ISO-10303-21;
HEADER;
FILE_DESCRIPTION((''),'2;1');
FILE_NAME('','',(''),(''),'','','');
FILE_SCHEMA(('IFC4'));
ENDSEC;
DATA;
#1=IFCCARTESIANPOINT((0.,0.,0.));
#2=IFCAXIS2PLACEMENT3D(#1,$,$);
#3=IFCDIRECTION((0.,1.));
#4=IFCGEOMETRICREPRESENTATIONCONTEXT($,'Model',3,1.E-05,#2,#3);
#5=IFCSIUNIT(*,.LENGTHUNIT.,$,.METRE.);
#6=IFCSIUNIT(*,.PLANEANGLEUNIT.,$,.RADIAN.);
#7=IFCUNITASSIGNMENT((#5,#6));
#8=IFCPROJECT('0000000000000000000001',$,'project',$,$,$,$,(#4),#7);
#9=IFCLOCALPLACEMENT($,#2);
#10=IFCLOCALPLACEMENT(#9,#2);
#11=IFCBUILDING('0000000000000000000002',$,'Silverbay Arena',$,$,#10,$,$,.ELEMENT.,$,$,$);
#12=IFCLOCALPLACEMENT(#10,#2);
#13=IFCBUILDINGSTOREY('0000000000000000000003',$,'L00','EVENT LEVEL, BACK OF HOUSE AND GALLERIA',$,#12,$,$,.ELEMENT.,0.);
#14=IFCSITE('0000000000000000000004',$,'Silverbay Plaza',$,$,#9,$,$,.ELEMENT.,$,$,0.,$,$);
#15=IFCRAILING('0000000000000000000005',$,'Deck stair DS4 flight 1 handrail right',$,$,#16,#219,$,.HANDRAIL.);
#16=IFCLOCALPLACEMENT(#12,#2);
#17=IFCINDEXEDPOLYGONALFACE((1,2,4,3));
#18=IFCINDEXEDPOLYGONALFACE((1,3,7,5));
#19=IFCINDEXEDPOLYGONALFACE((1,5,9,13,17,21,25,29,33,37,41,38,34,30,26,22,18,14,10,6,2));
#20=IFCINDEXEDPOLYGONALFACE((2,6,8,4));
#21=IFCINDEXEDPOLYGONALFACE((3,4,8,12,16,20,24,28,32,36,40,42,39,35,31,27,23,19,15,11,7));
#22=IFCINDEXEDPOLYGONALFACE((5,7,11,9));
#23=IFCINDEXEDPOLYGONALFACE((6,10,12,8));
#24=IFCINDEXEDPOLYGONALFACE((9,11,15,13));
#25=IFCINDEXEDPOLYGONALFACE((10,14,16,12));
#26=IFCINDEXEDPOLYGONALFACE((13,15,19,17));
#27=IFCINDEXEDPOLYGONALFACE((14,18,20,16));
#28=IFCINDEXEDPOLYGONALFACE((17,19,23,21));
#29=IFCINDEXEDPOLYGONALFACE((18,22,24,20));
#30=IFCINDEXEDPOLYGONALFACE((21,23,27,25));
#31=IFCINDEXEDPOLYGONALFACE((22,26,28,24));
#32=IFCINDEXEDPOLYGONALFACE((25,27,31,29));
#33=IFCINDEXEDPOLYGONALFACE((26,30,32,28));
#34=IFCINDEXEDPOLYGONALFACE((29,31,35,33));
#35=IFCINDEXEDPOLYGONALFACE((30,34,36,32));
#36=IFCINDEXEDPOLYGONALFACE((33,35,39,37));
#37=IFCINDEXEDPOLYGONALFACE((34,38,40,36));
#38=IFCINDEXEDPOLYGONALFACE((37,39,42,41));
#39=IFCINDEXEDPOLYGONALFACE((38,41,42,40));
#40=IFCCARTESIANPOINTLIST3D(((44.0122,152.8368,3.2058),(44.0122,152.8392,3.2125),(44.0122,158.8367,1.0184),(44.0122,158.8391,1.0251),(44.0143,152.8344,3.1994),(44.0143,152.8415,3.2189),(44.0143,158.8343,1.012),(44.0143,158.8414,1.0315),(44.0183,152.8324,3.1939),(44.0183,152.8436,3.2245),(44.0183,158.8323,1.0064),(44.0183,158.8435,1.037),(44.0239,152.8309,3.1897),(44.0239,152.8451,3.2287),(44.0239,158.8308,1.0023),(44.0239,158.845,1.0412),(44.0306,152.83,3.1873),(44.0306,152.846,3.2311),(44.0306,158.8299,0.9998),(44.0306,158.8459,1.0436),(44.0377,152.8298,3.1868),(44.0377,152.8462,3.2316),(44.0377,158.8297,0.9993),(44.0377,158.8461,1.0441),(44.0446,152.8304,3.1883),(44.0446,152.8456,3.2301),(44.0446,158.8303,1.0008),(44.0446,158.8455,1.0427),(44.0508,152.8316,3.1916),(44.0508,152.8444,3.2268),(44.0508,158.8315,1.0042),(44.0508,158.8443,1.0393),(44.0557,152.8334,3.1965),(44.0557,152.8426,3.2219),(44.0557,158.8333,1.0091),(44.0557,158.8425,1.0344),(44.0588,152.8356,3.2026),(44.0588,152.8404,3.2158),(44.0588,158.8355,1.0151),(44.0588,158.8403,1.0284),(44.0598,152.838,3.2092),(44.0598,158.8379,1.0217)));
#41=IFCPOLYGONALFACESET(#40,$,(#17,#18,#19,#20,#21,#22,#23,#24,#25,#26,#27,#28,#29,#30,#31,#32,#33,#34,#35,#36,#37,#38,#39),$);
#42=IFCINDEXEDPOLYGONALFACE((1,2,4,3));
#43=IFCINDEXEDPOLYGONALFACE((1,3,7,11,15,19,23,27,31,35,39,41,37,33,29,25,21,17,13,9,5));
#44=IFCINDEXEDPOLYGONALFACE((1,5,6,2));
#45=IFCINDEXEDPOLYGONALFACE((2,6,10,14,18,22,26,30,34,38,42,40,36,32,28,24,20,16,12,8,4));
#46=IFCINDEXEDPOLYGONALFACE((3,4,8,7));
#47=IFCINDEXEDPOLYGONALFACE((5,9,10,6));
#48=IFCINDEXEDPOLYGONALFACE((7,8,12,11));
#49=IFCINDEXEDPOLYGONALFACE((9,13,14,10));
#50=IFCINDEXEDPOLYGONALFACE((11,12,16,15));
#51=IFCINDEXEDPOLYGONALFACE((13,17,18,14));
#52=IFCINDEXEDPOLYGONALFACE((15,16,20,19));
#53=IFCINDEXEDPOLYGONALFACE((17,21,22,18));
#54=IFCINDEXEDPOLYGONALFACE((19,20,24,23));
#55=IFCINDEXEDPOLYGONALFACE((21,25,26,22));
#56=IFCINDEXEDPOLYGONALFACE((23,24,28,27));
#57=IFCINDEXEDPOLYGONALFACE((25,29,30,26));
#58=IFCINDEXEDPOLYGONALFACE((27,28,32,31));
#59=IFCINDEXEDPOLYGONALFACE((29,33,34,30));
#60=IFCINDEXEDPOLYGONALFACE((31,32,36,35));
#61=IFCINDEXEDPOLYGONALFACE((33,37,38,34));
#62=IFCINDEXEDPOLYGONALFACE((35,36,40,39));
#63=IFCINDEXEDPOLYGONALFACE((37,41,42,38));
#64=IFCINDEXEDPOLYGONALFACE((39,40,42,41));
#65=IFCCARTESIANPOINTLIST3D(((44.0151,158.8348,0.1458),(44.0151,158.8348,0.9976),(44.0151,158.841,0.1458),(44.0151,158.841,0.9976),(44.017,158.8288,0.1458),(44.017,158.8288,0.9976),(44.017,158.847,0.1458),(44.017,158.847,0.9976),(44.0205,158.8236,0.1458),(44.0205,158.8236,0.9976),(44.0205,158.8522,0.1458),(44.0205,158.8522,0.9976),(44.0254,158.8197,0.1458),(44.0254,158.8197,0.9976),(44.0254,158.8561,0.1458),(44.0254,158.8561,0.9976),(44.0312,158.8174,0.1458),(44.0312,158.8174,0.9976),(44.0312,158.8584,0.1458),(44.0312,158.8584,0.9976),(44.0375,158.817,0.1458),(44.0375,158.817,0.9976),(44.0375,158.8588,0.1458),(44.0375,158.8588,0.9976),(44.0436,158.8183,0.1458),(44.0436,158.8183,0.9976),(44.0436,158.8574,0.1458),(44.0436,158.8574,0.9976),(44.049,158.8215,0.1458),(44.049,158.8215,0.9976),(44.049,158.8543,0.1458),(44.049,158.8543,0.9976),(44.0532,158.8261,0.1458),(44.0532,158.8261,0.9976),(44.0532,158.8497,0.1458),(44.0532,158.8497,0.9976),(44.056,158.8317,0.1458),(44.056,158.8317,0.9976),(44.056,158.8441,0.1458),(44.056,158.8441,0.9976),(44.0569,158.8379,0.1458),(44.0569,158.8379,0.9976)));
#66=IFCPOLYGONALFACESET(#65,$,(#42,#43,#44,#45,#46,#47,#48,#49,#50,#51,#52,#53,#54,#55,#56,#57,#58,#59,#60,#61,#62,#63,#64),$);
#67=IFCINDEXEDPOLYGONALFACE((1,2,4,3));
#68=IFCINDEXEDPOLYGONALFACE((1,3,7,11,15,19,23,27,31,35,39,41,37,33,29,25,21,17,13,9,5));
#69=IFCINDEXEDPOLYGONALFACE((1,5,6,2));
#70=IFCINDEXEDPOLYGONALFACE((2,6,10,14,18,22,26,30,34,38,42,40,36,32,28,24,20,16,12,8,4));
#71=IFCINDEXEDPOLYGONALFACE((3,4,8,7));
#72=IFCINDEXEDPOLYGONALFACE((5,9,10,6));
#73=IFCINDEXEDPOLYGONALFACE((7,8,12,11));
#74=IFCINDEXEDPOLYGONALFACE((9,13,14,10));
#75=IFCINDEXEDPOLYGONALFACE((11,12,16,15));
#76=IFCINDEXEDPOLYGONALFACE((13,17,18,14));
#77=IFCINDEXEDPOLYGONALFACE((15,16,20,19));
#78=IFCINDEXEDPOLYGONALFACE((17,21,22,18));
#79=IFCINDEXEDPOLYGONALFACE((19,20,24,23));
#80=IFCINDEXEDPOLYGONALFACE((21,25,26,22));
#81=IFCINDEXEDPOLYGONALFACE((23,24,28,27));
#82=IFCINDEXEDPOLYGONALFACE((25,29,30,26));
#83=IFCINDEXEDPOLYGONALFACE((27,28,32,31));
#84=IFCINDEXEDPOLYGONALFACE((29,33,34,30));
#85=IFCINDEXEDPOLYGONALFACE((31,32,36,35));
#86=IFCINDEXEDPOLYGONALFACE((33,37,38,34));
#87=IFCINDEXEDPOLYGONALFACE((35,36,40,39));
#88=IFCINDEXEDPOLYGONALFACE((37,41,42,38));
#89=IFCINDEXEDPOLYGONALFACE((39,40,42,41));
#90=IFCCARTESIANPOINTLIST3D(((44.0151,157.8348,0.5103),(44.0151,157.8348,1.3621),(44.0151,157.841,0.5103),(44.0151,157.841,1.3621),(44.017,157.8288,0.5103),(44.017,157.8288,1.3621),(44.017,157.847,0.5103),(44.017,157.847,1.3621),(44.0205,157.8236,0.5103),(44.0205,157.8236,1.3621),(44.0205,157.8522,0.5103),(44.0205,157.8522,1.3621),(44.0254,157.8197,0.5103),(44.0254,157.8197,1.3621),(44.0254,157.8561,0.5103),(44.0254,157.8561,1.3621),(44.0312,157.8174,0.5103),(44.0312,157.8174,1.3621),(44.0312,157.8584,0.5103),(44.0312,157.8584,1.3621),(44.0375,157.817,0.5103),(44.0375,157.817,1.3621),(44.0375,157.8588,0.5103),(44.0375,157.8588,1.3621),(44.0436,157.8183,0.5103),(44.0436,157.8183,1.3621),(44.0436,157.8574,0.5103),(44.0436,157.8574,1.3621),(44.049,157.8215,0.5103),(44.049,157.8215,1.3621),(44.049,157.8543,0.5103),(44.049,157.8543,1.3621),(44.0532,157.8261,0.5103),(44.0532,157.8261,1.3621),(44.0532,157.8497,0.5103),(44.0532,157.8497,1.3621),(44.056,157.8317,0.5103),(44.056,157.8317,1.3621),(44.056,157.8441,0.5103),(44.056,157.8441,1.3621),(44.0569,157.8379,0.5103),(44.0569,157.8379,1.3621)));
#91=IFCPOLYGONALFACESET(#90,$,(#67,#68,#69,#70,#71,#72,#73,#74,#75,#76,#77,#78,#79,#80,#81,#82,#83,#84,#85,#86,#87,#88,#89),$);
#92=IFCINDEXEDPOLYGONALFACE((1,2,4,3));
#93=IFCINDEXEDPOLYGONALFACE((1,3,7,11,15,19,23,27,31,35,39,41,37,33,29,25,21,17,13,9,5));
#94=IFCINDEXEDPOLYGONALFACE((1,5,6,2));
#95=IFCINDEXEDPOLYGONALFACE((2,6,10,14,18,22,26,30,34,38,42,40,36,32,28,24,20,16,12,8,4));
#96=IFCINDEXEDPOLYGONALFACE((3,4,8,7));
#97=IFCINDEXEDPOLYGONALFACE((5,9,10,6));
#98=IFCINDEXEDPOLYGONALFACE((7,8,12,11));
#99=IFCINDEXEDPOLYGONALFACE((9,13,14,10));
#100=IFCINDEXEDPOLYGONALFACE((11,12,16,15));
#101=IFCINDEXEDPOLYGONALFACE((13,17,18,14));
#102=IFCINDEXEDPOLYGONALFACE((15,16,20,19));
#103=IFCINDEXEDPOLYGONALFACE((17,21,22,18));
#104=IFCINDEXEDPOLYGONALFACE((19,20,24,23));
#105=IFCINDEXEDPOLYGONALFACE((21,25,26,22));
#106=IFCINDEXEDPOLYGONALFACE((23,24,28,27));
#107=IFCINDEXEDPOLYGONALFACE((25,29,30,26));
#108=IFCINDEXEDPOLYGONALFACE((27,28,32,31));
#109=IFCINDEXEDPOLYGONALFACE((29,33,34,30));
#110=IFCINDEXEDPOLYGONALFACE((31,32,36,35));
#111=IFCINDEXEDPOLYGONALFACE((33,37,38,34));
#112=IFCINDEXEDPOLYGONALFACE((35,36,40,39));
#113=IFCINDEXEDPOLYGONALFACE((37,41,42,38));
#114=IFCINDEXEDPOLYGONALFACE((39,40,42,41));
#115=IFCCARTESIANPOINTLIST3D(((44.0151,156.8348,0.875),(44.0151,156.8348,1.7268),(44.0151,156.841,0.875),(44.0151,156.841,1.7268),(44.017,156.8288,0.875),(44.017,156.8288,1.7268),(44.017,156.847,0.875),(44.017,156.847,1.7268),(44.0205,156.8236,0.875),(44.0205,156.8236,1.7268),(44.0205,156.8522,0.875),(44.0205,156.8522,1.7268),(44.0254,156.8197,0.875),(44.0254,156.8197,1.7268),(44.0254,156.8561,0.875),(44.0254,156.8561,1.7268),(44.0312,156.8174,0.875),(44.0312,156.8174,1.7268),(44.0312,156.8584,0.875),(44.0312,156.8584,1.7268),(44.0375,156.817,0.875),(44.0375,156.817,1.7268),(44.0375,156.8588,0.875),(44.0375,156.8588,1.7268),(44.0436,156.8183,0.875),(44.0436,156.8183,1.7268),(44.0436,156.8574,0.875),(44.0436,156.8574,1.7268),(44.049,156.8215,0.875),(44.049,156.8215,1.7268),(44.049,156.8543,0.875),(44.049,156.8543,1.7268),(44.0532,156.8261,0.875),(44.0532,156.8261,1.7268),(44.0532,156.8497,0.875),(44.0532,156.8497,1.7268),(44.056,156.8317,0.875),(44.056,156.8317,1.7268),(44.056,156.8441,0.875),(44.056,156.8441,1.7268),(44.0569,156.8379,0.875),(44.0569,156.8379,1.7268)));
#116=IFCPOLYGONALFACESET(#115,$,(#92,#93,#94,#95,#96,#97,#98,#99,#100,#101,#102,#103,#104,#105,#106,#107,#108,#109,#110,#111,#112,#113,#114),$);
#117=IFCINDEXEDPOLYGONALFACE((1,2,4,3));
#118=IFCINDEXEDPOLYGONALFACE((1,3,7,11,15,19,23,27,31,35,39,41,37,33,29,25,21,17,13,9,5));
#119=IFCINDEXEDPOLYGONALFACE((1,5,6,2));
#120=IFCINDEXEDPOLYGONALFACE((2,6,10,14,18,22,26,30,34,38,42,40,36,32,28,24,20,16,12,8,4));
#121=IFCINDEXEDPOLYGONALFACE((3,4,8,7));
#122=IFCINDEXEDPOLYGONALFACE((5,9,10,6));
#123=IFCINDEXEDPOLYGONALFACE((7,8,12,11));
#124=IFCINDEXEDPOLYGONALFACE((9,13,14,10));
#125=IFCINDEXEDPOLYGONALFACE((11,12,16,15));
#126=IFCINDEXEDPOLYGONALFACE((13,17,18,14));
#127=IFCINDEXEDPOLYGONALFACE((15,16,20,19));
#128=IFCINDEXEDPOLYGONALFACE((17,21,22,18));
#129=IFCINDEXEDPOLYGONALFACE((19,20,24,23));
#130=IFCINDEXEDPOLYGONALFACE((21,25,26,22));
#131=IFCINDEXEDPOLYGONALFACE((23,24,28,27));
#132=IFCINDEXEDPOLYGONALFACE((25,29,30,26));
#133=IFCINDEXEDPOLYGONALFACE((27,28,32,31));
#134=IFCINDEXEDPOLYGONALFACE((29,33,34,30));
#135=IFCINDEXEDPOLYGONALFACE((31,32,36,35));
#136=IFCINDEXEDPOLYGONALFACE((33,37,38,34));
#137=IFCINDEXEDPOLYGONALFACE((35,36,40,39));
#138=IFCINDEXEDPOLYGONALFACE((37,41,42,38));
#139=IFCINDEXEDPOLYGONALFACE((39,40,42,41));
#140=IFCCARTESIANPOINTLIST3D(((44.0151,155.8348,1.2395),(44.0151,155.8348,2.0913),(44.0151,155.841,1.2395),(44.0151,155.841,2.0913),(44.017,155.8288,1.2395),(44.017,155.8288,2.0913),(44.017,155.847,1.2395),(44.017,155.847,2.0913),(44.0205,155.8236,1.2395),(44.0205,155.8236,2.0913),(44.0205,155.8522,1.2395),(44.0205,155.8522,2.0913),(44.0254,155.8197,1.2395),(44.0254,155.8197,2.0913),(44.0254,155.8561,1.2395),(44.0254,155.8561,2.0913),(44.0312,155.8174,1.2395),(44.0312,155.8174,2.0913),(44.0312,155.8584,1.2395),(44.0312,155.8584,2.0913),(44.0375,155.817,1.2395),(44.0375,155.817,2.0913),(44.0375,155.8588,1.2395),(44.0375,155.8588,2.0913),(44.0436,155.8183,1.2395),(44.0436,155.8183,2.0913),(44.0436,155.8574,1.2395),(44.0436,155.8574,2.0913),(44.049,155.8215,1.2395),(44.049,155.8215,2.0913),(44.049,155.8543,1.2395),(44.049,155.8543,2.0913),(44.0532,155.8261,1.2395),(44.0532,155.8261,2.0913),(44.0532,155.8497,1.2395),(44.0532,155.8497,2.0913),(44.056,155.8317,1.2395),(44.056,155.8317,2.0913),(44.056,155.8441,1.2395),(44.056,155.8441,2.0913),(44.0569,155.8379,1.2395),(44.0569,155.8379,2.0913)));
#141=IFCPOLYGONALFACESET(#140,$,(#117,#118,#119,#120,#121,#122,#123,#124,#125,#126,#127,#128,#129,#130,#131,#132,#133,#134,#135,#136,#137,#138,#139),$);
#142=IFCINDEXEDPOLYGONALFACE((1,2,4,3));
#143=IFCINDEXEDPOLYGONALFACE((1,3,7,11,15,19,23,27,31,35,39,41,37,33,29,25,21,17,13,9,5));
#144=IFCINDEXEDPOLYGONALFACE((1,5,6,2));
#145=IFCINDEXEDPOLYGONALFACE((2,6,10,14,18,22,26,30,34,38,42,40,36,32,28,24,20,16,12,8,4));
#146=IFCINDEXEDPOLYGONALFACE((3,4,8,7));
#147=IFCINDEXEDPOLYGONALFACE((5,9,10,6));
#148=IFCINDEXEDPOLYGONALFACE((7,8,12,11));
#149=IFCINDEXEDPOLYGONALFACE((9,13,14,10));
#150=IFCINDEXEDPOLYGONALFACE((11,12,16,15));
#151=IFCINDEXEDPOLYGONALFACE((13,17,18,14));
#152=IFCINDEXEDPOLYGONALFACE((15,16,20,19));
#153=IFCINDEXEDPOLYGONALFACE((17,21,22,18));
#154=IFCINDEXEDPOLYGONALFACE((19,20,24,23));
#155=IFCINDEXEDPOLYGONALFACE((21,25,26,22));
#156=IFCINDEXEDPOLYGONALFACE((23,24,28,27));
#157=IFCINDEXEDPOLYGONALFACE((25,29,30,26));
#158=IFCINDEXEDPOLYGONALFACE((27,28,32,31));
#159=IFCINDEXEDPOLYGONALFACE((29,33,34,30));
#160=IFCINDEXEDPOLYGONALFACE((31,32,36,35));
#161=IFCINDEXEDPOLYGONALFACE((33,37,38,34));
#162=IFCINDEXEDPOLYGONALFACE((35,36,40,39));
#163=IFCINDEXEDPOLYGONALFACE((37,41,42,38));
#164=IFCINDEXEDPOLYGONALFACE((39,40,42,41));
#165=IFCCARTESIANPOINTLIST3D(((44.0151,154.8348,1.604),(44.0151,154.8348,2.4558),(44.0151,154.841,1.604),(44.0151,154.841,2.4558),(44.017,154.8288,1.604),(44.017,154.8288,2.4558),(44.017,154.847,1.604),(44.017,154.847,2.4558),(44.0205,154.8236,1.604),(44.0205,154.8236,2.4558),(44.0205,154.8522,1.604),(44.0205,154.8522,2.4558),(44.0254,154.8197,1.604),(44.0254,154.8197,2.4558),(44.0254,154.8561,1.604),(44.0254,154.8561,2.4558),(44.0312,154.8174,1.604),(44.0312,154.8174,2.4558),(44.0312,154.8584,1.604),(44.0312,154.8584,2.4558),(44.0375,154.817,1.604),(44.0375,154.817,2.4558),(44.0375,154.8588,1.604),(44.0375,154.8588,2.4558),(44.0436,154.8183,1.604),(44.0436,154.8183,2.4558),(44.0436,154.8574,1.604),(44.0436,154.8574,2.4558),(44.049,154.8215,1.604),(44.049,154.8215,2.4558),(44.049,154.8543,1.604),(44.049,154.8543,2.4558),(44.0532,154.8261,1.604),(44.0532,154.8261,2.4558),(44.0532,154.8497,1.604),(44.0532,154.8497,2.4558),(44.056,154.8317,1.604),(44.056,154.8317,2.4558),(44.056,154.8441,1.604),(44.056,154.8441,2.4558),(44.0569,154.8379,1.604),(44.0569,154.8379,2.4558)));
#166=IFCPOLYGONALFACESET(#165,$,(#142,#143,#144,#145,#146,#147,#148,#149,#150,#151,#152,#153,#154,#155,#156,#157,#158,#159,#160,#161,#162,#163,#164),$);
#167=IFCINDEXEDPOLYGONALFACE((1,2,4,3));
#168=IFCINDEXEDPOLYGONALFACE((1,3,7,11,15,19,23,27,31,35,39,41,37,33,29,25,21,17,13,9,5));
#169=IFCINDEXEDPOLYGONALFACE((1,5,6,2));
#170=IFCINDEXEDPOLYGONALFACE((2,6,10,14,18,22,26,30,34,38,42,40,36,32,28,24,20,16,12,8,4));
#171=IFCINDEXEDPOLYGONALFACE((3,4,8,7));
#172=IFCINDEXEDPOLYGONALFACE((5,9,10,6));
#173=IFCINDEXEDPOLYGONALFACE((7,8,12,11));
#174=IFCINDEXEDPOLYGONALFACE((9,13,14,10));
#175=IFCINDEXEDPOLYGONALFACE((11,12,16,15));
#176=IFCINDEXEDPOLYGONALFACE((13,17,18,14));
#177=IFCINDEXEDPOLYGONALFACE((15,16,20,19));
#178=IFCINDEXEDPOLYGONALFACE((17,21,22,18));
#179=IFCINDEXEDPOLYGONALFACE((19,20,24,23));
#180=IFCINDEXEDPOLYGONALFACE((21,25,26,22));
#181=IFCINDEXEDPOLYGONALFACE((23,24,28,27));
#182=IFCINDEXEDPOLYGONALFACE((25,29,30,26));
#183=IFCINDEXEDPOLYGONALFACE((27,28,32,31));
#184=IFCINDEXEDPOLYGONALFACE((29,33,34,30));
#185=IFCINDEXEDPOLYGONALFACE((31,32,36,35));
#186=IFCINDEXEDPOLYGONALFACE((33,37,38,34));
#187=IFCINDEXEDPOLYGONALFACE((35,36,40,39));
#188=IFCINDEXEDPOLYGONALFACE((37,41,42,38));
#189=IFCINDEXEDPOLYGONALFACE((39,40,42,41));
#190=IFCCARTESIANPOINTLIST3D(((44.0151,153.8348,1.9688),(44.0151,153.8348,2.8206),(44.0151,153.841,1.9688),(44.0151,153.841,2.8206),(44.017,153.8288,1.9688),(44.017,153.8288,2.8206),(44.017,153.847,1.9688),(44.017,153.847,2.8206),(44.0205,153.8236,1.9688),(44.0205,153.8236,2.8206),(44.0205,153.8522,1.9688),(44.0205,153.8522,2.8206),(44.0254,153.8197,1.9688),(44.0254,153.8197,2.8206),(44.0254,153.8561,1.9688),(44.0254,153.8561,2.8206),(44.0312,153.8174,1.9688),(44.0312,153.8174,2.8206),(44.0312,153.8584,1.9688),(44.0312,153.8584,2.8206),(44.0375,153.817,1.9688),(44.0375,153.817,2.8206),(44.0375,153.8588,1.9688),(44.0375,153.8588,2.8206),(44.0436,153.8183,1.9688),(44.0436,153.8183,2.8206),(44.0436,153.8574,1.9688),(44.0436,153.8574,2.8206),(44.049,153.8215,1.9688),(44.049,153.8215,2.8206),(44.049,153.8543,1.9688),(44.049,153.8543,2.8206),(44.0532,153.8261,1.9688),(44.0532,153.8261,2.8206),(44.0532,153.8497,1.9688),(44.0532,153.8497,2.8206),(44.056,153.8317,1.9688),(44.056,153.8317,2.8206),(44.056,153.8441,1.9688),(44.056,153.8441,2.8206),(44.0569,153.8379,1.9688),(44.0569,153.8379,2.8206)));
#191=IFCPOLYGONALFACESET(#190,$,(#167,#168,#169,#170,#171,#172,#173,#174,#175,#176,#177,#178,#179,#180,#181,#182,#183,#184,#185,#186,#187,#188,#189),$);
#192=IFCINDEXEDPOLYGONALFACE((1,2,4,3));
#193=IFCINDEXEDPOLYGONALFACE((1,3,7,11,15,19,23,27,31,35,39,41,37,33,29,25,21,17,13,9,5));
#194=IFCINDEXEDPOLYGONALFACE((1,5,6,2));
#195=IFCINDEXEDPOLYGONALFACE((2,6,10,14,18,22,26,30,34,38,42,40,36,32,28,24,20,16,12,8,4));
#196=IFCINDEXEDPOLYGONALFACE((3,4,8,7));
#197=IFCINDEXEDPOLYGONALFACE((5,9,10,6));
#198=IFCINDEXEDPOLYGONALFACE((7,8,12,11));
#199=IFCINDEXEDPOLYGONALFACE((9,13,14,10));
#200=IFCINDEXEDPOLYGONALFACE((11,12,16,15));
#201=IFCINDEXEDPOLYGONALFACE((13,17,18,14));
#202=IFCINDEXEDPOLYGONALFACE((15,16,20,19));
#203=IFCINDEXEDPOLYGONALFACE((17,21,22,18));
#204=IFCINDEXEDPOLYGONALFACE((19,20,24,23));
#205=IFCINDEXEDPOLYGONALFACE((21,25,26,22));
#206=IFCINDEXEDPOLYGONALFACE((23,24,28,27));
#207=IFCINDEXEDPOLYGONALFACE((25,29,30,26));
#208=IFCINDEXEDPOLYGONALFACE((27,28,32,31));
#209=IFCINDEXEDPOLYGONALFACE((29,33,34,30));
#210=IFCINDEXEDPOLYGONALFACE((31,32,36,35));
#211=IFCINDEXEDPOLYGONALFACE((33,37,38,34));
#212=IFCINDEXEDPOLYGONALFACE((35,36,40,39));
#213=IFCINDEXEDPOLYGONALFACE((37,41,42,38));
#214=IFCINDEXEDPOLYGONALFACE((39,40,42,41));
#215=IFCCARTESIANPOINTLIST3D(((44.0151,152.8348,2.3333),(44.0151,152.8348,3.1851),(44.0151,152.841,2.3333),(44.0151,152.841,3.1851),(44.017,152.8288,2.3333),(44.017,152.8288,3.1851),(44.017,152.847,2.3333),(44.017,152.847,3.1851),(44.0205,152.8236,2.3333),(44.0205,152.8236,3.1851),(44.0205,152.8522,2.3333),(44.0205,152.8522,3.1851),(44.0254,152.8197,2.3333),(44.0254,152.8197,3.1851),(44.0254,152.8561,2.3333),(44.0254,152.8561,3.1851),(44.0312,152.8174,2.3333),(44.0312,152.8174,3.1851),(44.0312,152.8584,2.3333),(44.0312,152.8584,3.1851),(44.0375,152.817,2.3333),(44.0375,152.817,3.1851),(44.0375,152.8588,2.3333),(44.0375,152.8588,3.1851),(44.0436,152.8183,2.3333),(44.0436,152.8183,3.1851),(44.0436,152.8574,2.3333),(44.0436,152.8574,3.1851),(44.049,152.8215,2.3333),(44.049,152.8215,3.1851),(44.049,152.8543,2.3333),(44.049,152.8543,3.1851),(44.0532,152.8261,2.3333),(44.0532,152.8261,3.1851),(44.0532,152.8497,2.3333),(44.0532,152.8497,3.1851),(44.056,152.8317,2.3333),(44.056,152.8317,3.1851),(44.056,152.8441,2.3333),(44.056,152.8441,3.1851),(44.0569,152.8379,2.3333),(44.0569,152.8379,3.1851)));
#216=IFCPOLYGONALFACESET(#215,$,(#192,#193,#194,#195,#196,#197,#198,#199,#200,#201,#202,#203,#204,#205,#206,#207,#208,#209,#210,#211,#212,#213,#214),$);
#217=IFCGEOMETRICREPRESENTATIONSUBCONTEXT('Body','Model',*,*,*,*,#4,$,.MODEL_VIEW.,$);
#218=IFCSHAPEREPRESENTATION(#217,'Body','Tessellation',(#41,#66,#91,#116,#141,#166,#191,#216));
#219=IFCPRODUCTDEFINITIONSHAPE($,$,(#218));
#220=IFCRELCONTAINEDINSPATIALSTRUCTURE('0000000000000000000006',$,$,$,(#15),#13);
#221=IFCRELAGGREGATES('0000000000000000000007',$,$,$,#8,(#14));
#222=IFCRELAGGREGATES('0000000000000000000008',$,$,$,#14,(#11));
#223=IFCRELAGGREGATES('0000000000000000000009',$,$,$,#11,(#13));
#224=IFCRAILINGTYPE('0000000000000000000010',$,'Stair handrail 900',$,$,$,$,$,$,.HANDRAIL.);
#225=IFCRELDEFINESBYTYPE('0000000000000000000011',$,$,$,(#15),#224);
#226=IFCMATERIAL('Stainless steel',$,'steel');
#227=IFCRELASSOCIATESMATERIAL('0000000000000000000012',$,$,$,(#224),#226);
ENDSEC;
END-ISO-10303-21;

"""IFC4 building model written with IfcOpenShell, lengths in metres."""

from ifc_helpers import new_model, si_unit, direction, frame, origin, origin_2d, place, context, subcontext, project, spatial, circle, extrude, material, type_object, element, save


model = new_model("IFC4")

# Units and contexts
model_context = context("Model", 3, precision=1e-05, world=origin(), true_north=direction((0.0, 1.0)))
body_context = subcontext(model_context, "Body", "Model", "MODEL_VIEW")
ifc_project = project(units=[si_unit("LENGTHUNIT", "METRE"), si_unit("PLANEANGLEUNIT", "RADIAN")], contexts=[model_context])

# Site, building, storey
site_placement = place(None, origin())
site = spatial("IfcSite", under=ifc_project, at=site_placement, Name="Silverbay Plaza", CompositionType="ELEMENT", RefElevation=0.0)
building_placement = place(site_placement, origin())
building = spatial("IfcBuilding", under=site, at=building_placement, Name="Silverbay Arena", CompositionType="ELEMENT")
storey_placement = place(building_placement, origin())
storey = spatial("IfcBuildingStorey", under=building, at=storey_placement, Name="L00", Description="EVENT LEVEL, BACK OF HOUSE AND GALLERIA", CompositionType="ELEMENT", Elevation=0.0)

# Railing
ifc_material_1 = material(Name="Stainless steel", Category="steel")
railing_type_1 = type_object("IfcRailingType", Name="Stair handrail 900", PredefinedType="HANDRAIL", material=ifc_material_1)
for number, where, name in (
    (1, (44.0359, 158.8379, 0.1458), "Deck stair DS4 flight 1 handrail right"),
):
    element("IfcRailing", number, at=place(storey_placement, frame(where)), inside=storey, type_object=railing_type_1, Name=name, PredefinedType="HANDRAIL", context=body_context, shape_type="SweptSolid", body=[
        extrude(circle(Radius=0.0239, at=origin_2d()), frame((0.0, 0.0, 0.876), z_axis=(0.0, -0.939507, 0.342529), x_axis=(1.0, 0.0, 0.0)), (0.0, 0.0, 1.0), 6.3862),
        extrude(circle(Radius=0.021, at=origin_2d()), origin(), (0.0, 0.0, 1.0), 0.8518),
        extrude(circle(Radius=0.021, at=origin_2d()), frame((0.0, -1.0, 0.3645)), (0.0, 0.0, 1.0), 0.8518),
        extrude(circle(Radius=0.021, at=origin_2d()), frame((0.0, -2.0, 0.7292)), (0.0, 0.0, 1.0), 0.8518),
        extrude(circle(Radius=0.021, at=origin_2d()), frame((0.0, -3.0, 1.0938)), (0.0, 0.0, 1.0), 0.8518),
        extrude(circle(Radius=0.021, at=origin_2d()), frame((0.0, -4.0, 1.4583)), (0.0, 0.0, 1.0), 0.8518),
        extrude(circle(Radius=0.021, at=origin_2d()), frame((0.0, -5.0, 1.823)), (0.0, 0.0, 1.0), 0.8518),
        extrude(circle(Radius=0.021, at=origin_2d()), frame((0.0, -6.0, 2.1875)), (0.0, 0.0, 1.0), 0.8518),
    ])

save(model, "model.ifc")
